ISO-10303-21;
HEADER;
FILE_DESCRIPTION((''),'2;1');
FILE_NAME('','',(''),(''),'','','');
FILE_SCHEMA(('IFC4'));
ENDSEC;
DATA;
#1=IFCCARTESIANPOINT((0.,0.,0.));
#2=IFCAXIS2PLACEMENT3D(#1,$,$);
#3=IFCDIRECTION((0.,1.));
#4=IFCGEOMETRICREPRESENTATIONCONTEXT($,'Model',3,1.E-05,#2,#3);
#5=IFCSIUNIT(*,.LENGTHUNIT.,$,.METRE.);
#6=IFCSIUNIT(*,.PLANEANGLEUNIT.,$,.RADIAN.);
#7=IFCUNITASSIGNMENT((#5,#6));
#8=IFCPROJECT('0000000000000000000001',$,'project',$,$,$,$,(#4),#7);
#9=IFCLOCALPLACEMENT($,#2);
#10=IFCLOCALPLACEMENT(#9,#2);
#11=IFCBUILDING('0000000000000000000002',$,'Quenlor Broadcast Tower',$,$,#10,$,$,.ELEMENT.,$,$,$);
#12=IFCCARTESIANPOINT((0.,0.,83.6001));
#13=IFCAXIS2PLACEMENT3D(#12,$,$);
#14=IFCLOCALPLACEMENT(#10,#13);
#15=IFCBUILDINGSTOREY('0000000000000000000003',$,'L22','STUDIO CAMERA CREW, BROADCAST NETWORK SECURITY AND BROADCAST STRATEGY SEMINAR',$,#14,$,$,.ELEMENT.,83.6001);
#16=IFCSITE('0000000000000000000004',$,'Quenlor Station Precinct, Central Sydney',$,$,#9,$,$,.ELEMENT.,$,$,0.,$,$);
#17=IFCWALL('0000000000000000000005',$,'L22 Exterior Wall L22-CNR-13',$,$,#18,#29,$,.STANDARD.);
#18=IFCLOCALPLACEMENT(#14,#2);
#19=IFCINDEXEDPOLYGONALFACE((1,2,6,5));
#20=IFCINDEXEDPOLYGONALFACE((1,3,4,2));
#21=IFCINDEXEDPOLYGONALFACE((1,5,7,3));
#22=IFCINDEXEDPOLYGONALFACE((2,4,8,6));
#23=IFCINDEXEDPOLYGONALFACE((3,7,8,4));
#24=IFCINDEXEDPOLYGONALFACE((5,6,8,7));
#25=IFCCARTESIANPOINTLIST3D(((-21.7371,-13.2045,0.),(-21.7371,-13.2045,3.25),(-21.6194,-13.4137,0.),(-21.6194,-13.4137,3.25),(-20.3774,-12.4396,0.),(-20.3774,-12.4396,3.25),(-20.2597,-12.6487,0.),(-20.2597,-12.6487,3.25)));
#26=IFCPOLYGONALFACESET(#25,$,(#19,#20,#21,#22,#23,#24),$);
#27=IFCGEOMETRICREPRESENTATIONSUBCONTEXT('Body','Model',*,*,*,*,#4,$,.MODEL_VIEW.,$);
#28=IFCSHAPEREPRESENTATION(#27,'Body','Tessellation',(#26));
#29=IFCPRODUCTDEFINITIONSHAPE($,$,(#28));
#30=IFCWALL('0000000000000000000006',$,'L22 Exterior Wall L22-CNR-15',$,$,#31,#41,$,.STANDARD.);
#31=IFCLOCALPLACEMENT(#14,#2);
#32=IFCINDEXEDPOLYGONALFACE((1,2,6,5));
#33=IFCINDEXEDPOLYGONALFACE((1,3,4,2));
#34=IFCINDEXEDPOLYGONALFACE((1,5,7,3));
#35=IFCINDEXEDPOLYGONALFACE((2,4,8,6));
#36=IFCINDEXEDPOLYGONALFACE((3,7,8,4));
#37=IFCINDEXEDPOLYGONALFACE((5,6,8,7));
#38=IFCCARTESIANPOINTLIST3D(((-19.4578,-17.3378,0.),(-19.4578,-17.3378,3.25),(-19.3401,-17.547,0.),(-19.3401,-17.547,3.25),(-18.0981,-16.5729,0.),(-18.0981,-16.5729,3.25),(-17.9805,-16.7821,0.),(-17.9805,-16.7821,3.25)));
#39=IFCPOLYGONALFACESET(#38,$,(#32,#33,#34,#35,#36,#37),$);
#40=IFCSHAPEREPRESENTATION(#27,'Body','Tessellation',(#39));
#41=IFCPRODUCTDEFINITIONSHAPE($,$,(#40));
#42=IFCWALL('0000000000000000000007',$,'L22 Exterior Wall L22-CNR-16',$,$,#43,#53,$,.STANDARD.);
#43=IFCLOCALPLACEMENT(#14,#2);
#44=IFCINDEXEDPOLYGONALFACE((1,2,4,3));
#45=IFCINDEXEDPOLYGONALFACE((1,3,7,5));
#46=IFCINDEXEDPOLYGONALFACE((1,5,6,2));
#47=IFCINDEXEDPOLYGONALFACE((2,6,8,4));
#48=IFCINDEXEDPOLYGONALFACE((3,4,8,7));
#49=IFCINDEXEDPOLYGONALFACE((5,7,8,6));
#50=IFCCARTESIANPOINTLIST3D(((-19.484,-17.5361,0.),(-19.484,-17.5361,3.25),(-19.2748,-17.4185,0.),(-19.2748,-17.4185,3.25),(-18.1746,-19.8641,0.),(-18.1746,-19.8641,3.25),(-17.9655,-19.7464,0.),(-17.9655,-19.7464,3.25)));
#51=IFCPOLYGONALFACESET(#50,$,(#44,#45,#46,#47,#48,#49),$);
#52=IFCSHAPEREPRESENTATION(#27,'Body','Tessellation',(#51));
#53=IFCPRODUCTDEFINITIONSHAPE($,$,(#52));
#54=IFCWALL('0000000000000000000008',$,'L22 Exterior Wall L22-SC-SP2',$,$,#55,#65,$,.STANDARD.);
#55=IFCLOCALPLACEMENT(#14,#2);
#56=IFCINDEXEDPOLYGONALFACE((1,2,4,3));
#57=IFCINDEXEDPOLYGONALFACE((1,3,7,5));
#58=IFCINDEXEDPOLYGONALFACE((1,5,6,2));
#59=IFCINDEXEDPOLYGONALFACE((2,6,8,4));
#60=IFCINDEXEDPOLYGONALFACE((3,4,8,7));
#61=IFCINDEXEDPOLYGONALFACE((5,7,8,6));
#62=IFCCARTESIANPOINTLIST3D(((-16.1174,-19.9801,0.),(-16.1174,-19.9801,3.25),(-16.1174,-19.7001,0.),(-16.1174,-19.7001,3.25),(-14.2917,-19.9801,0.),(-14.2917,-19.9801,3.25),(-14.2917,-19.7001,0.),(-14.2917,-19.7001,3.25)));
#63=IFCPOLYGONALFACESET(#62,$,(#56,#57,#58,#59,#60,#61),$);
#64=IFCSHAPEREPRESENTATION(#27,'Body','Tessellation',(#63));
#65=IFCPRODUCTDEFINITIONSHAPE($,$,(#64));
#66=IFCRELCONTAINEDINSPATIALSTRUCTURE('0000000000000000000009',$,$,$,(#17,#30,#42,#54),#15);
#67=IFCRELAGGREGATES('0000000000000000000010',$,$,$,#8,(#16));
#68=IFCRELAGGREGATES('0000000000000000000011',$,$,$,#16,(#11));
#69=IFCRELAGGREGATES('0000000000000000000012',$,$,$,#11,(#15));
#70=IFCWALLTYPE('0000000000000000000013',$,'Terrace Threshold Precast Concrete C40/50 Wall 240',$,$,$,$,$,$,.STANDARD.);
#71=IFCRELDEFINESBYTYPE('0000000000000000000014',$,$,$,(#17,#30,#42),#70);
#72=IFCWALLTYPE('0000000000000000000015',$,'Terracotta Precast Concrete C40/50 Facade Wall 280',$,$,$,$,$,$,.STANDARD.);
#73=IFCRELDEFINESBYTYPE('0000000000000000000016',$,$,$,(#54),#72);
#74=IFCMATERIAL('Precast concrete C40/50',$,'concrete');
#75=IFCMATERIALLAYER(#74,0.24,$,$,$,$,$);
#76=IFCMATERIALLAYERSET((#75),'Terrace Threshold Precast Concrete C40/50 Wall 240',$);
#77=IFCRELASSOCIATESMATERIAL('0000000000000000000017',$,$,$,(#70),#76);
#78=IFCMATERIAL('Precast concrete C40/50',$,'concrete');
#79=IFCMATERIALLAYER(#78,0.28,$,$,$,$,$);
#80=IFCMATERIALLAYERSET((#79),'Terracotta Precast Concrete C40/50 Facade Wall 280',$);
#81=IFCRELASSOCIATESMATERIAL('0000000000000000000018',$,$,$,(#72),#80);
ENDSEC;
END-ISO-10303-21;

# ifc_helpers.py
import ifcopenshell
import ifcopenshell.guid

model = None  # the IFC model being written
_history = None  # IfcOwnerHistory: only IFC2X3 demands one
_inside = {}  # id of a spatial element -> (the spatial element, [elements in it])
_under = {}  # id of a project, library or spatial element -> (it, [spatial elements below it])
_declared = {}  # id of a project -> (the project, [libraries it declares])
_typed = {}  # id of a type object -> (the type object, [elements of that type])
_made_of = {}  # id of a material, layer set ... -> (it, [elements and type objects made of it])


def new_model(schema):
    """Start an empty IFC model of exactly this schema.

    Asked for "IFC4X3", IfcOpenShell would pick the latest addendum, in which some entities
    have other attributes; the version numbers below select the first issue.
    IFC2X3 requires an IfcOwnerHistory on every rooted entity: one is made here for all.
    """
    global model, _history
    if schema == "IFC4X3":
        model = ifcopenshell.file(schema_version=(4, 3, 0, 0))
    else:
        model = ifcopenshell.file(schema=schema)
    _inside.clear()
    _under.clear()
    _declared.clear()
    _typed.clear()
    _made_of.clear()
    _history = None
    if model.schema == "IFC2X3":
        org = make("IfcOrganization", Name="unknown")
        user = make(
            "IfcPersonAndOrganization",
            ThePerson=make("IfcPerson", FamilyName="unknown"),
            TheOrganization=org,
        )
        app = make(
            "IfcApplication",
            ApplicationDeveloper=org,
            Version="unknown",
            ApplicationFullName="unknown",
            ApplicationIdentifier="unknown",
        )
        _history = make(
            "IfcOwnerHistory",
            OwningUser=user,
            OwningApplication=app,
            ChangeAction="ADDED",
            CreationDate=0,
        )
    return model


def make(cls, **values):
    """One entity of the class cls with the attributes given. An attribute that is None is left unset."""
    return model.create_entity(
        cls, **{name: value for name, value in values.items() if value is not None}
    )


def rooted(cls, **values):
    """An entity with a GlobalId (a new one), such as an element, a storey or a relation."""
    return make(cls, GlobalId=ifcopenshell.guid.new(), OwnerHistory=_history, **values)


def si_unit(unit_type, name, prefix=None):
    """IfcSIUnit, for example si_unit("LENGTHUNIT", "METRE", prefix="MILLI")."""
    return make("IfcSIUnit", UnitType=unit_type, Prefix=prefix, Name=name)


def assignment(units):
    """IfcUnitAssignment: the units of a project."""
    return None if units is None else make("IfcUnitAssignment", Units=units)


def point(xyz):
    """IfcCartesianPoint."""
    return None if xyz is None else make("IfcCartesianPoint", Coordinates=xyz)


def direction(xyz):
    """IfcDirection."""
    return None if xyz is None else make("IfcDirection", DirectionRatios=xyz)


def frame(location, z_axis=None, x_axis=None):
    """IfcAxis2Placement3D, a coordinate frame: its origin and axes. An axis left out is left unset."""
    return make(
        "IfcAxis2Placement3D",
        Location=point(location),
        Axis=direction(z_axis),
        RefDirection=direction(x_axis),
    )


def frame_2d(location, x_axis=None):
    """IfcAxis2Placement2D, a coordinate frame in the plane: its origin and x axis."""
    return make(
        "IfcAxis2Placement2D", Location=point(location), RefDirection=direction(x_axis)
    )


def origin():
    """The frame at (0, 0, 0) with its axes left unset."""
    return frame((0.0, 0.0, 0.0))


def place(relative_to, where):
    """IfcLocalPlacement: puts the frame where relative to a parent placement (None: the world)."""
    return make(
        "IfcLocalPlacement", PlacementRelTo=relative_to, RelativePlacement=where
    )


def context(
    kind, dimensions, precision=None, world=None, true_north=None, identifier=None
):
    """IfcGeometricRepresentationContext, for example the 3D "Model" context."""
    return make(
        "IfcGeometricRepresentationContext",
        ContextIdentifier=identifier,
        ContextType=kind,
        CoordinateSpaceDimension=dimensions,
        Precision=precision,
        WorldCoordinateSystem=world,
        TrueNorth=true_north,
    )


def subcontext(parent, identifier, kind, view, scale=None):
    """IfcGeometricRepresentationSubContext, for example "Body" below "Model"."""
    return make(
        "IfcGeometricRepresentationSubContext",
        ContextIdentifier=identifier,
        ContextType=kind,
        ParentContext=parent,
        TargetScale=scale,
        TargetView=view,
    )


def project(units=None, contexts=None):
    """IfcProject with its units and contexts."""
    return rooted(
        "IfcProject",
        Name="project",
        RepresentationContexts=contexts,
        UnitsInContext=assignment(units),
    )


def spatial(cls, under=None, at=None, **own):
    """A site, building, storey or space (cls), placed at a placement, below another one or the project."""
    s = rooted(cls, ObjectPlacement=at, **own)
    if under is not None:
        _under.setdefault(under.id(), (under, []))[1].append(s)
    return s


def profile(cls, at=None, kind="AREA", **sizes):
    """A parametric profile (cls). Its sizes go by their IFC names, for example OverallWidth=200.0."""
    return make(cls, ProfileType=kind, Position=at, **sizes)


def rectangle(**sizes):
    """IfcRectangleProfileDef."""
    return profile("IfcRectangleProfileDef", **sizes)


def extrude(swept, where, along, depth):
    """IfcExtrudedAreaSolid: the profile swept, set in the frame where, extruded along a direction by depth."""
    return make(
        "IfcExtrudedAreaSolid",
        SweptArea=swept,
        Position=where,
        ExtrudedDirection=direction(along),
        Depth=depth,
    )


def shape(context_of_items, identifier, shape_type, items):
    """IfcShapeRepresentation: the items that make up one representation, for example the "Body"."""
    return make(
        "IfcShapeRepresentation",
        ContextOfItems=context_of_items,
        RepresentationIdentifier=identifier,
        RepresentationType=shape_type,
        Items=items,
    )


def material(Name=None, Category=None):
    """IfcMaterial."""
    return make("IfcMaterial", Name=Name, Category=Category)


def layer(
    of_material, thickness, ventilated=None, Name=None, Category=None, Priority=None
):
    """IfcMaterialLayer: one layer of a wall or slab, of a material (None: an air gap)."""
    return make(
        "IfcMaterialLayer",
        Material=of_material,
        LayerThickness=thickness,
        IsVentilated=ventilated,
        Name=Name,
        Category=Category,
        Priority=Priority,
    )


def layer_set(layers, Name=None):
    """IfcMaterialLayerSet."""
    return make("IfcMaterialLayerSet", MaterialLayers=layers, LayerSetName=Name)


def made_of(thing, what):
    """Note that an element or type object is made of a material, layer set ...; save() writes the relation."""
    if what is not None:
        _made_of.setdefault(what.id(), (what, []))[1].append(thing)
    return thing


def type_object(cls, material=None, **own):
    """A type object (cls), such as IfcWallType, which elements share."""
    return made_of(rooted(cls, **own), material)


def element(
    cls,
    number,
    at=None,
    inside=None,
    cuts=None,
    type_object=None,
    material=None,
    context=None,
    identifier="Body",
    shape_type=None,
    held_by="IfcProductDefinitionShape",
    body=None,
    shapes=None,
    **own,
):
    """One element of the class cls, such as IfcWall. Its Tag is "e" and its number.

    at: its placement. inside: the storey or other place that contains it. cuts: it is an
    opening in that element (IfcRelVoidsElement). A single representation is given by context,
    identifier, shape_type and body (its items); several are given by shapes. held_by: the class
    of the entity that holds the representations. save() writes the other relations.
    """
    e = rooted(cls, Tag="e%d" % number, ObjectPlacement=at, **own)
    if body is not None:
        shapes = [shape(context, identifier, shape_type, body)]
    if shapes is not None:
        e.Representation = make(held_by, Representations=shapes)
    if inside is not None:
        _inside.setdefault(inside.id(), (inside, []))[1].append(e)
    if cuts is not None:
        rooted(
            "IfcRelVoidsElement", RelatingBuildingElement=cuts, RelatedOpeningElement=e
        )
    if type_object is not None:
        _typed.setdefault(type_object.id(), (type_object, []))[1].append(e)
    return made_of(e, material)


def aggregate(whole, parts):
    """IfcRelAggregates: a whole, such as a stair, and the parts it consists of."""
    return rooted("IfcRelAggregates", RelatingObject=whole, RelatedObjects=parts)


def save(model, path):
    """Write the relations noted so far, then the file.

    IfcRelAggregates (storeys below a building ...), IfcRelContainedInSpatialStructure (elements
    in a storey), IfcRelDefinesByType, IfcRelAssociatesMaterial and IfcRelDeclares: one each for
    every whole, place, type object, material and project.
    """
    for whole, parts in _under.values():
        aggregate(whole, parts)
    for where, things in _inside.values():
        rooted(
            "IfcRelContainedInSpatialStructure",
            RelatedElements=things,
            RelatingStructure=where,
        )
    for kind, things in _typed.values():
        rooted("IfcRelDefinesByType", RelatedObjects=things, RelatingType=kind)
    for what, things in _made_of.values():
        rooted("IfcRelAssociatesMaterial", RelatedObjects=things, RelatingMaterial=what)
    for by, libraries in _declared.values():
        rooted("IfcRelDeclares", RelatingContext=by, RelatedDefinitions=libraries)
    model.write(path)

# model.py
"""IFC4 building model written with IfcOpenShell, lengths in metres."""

from ifc_helpers import new_model, si_unit, direction, frame, frame_2d, origin, place, context, subcontext, project, spatial, rectangle, extrude, material, layer, layer_set, type_object, element, save


model = new_model("IFC4")

# Units and contexts
model_context = context("Model", 3, precision=1e-05, world=origin(), true_north=direction((0.0, 1.0)))
body_context = subcontext(model_context, "Body", "Model", "MODEL_VIEW")
ifc_project = project(units=[si_unit("LENGTHUNIT", "METRE"), si_unit("PLANEANGLEUNIT", "RADIAN")], contexts=[model_context])

# Site, building, storey
site_placement = place(None, origin())
site = spatial("IfcSite", under=ifc_project, at=site_placement, Name="Quenlor Station Precinct, Central Sydney", CompositionType="ELEMENT", RefElevation=0.0)
building_placement = place(site_placement, origin())
building = spatial("IfcBuilding", under=site, at=building_placement, Name="Quenlor Broadcast Tower", CompositionType="ELEMENT")
storey_placement = place(building_placement, frame((0.0, 0.0, 83.6001)))
storey = spatial("IfcBuildingStorey", under=building, at=storey_placement, Name="L22", Description="STUDIO CAMERA CREW, BROADCAST NETWORK SECURITY AND BROADCAST STRATEGY SEMINAR", CompositionType="ELEMENT", Elevation=83.6001)

# Walls
ifc_material_1 = material(Name="Precast concrete C40/50", Category="concrete")
ifc_layer_1 = layer(ifc_material_1, 0.24)
ifc_layer_set_1 = layer_set([ifc_layer_1], Name="Terrace Threshold Precast Concrete C40/50 Wall 240")
wall_type_1 = type_object("IfcWallType", Name="Terrace Threshold Precast Concrete C40/50 Wall 240", PredefinedType="STANDARD", material=ifc_layer_set_1)
for number, where, z_axis, x_axis, name in (
    (1, (-21.6782, -13.3091, 0.0), (0.0, 0.0, 1.0), (0.871546, 0.490313, 0.0), "L22 Exterior Wall L22-CNR-13"),
    (2, (-18.0393, -16.6775, 0.0), (0.0, 0.0, 1.0), (-0.871546, -0.490313, 0.0), "L22 Exterior Wall L22-CNR-15"),
):
    element("IfcWall", number, at=place(storey_placement, frame(where, z_axis=z_axis, x_axis=x_axis)), inside=storey, type_object=wall_type_1, Name=name, PredefinedType="STANDARD", context=body_context, shape_type="SweptSolid", body=[
        extrude(rectangle(XDim=1.5601, YDim=0.24, at=frame_2d((0.78, 0.0))), origin(), (0.0, 0.0, 1.0), 3.25),
    ])
wall_1_placement = place(storey_placement, frame((-19.3794, -17.4773, 0.0), z_axis=(0.0, 0.0, 1.0), x_axis=(0.490231, -0.871593, 0.0)))
element("IfcWall", 3, at=wall_1_placement, inside=storey, type_object=wall_type_1, Name="L22 Exterior Wall L22-CNR-16", PredefinedType="STANDARD", context=body_context, shape_type="SweptSolid", body=[
    extrude(rectangle(XDim=2.6709, YDim=0.24, at=frame_2d((1.3354, 0.0))), origin(), (0.0, 0.0, 1.0), 3.25),
])
ifc_material_2 = material(Name="Precast concrete C40/50", Category="concrete")
ifc_layer_2 = layer(ifc_material_2, 0.28)
ifc_layer_set_2 = layer_set([ifc_layer_2], Name="Terracotta Precast Concrete C40/50 Facade Wall 280")
wall_type_2 = type_object("IfcWallType", Name="Terracotta Precast Concrete C40/50 Facade Wall 280", PredefinedType="STANDARD", material=ifc_layer_set_2)
wall_2_placement = place(storey_placement, frame((-14.2917, -19.8401, 0.0), z_axis=(0.0, 0.0, 1.0), x_axis=(-1.0, 0.0, 0.0)))
element("IfcWall", 4, at=wall_2_placement, inside=storey, type_object=wall_type_2, Name="L22 Exterior Wall L22-SC-SP2", PredefinedType="STANDARD", context=body_context, shape_type="SweptSolid", body=[
    extrude(rectangle(XDim=1.8257, YDim=0.28, at=frame_2d((0.9128, 0.0))), origin(), (0.0, 0.0, 1.0), 3.25),
])

save(model, "model.ifc")
